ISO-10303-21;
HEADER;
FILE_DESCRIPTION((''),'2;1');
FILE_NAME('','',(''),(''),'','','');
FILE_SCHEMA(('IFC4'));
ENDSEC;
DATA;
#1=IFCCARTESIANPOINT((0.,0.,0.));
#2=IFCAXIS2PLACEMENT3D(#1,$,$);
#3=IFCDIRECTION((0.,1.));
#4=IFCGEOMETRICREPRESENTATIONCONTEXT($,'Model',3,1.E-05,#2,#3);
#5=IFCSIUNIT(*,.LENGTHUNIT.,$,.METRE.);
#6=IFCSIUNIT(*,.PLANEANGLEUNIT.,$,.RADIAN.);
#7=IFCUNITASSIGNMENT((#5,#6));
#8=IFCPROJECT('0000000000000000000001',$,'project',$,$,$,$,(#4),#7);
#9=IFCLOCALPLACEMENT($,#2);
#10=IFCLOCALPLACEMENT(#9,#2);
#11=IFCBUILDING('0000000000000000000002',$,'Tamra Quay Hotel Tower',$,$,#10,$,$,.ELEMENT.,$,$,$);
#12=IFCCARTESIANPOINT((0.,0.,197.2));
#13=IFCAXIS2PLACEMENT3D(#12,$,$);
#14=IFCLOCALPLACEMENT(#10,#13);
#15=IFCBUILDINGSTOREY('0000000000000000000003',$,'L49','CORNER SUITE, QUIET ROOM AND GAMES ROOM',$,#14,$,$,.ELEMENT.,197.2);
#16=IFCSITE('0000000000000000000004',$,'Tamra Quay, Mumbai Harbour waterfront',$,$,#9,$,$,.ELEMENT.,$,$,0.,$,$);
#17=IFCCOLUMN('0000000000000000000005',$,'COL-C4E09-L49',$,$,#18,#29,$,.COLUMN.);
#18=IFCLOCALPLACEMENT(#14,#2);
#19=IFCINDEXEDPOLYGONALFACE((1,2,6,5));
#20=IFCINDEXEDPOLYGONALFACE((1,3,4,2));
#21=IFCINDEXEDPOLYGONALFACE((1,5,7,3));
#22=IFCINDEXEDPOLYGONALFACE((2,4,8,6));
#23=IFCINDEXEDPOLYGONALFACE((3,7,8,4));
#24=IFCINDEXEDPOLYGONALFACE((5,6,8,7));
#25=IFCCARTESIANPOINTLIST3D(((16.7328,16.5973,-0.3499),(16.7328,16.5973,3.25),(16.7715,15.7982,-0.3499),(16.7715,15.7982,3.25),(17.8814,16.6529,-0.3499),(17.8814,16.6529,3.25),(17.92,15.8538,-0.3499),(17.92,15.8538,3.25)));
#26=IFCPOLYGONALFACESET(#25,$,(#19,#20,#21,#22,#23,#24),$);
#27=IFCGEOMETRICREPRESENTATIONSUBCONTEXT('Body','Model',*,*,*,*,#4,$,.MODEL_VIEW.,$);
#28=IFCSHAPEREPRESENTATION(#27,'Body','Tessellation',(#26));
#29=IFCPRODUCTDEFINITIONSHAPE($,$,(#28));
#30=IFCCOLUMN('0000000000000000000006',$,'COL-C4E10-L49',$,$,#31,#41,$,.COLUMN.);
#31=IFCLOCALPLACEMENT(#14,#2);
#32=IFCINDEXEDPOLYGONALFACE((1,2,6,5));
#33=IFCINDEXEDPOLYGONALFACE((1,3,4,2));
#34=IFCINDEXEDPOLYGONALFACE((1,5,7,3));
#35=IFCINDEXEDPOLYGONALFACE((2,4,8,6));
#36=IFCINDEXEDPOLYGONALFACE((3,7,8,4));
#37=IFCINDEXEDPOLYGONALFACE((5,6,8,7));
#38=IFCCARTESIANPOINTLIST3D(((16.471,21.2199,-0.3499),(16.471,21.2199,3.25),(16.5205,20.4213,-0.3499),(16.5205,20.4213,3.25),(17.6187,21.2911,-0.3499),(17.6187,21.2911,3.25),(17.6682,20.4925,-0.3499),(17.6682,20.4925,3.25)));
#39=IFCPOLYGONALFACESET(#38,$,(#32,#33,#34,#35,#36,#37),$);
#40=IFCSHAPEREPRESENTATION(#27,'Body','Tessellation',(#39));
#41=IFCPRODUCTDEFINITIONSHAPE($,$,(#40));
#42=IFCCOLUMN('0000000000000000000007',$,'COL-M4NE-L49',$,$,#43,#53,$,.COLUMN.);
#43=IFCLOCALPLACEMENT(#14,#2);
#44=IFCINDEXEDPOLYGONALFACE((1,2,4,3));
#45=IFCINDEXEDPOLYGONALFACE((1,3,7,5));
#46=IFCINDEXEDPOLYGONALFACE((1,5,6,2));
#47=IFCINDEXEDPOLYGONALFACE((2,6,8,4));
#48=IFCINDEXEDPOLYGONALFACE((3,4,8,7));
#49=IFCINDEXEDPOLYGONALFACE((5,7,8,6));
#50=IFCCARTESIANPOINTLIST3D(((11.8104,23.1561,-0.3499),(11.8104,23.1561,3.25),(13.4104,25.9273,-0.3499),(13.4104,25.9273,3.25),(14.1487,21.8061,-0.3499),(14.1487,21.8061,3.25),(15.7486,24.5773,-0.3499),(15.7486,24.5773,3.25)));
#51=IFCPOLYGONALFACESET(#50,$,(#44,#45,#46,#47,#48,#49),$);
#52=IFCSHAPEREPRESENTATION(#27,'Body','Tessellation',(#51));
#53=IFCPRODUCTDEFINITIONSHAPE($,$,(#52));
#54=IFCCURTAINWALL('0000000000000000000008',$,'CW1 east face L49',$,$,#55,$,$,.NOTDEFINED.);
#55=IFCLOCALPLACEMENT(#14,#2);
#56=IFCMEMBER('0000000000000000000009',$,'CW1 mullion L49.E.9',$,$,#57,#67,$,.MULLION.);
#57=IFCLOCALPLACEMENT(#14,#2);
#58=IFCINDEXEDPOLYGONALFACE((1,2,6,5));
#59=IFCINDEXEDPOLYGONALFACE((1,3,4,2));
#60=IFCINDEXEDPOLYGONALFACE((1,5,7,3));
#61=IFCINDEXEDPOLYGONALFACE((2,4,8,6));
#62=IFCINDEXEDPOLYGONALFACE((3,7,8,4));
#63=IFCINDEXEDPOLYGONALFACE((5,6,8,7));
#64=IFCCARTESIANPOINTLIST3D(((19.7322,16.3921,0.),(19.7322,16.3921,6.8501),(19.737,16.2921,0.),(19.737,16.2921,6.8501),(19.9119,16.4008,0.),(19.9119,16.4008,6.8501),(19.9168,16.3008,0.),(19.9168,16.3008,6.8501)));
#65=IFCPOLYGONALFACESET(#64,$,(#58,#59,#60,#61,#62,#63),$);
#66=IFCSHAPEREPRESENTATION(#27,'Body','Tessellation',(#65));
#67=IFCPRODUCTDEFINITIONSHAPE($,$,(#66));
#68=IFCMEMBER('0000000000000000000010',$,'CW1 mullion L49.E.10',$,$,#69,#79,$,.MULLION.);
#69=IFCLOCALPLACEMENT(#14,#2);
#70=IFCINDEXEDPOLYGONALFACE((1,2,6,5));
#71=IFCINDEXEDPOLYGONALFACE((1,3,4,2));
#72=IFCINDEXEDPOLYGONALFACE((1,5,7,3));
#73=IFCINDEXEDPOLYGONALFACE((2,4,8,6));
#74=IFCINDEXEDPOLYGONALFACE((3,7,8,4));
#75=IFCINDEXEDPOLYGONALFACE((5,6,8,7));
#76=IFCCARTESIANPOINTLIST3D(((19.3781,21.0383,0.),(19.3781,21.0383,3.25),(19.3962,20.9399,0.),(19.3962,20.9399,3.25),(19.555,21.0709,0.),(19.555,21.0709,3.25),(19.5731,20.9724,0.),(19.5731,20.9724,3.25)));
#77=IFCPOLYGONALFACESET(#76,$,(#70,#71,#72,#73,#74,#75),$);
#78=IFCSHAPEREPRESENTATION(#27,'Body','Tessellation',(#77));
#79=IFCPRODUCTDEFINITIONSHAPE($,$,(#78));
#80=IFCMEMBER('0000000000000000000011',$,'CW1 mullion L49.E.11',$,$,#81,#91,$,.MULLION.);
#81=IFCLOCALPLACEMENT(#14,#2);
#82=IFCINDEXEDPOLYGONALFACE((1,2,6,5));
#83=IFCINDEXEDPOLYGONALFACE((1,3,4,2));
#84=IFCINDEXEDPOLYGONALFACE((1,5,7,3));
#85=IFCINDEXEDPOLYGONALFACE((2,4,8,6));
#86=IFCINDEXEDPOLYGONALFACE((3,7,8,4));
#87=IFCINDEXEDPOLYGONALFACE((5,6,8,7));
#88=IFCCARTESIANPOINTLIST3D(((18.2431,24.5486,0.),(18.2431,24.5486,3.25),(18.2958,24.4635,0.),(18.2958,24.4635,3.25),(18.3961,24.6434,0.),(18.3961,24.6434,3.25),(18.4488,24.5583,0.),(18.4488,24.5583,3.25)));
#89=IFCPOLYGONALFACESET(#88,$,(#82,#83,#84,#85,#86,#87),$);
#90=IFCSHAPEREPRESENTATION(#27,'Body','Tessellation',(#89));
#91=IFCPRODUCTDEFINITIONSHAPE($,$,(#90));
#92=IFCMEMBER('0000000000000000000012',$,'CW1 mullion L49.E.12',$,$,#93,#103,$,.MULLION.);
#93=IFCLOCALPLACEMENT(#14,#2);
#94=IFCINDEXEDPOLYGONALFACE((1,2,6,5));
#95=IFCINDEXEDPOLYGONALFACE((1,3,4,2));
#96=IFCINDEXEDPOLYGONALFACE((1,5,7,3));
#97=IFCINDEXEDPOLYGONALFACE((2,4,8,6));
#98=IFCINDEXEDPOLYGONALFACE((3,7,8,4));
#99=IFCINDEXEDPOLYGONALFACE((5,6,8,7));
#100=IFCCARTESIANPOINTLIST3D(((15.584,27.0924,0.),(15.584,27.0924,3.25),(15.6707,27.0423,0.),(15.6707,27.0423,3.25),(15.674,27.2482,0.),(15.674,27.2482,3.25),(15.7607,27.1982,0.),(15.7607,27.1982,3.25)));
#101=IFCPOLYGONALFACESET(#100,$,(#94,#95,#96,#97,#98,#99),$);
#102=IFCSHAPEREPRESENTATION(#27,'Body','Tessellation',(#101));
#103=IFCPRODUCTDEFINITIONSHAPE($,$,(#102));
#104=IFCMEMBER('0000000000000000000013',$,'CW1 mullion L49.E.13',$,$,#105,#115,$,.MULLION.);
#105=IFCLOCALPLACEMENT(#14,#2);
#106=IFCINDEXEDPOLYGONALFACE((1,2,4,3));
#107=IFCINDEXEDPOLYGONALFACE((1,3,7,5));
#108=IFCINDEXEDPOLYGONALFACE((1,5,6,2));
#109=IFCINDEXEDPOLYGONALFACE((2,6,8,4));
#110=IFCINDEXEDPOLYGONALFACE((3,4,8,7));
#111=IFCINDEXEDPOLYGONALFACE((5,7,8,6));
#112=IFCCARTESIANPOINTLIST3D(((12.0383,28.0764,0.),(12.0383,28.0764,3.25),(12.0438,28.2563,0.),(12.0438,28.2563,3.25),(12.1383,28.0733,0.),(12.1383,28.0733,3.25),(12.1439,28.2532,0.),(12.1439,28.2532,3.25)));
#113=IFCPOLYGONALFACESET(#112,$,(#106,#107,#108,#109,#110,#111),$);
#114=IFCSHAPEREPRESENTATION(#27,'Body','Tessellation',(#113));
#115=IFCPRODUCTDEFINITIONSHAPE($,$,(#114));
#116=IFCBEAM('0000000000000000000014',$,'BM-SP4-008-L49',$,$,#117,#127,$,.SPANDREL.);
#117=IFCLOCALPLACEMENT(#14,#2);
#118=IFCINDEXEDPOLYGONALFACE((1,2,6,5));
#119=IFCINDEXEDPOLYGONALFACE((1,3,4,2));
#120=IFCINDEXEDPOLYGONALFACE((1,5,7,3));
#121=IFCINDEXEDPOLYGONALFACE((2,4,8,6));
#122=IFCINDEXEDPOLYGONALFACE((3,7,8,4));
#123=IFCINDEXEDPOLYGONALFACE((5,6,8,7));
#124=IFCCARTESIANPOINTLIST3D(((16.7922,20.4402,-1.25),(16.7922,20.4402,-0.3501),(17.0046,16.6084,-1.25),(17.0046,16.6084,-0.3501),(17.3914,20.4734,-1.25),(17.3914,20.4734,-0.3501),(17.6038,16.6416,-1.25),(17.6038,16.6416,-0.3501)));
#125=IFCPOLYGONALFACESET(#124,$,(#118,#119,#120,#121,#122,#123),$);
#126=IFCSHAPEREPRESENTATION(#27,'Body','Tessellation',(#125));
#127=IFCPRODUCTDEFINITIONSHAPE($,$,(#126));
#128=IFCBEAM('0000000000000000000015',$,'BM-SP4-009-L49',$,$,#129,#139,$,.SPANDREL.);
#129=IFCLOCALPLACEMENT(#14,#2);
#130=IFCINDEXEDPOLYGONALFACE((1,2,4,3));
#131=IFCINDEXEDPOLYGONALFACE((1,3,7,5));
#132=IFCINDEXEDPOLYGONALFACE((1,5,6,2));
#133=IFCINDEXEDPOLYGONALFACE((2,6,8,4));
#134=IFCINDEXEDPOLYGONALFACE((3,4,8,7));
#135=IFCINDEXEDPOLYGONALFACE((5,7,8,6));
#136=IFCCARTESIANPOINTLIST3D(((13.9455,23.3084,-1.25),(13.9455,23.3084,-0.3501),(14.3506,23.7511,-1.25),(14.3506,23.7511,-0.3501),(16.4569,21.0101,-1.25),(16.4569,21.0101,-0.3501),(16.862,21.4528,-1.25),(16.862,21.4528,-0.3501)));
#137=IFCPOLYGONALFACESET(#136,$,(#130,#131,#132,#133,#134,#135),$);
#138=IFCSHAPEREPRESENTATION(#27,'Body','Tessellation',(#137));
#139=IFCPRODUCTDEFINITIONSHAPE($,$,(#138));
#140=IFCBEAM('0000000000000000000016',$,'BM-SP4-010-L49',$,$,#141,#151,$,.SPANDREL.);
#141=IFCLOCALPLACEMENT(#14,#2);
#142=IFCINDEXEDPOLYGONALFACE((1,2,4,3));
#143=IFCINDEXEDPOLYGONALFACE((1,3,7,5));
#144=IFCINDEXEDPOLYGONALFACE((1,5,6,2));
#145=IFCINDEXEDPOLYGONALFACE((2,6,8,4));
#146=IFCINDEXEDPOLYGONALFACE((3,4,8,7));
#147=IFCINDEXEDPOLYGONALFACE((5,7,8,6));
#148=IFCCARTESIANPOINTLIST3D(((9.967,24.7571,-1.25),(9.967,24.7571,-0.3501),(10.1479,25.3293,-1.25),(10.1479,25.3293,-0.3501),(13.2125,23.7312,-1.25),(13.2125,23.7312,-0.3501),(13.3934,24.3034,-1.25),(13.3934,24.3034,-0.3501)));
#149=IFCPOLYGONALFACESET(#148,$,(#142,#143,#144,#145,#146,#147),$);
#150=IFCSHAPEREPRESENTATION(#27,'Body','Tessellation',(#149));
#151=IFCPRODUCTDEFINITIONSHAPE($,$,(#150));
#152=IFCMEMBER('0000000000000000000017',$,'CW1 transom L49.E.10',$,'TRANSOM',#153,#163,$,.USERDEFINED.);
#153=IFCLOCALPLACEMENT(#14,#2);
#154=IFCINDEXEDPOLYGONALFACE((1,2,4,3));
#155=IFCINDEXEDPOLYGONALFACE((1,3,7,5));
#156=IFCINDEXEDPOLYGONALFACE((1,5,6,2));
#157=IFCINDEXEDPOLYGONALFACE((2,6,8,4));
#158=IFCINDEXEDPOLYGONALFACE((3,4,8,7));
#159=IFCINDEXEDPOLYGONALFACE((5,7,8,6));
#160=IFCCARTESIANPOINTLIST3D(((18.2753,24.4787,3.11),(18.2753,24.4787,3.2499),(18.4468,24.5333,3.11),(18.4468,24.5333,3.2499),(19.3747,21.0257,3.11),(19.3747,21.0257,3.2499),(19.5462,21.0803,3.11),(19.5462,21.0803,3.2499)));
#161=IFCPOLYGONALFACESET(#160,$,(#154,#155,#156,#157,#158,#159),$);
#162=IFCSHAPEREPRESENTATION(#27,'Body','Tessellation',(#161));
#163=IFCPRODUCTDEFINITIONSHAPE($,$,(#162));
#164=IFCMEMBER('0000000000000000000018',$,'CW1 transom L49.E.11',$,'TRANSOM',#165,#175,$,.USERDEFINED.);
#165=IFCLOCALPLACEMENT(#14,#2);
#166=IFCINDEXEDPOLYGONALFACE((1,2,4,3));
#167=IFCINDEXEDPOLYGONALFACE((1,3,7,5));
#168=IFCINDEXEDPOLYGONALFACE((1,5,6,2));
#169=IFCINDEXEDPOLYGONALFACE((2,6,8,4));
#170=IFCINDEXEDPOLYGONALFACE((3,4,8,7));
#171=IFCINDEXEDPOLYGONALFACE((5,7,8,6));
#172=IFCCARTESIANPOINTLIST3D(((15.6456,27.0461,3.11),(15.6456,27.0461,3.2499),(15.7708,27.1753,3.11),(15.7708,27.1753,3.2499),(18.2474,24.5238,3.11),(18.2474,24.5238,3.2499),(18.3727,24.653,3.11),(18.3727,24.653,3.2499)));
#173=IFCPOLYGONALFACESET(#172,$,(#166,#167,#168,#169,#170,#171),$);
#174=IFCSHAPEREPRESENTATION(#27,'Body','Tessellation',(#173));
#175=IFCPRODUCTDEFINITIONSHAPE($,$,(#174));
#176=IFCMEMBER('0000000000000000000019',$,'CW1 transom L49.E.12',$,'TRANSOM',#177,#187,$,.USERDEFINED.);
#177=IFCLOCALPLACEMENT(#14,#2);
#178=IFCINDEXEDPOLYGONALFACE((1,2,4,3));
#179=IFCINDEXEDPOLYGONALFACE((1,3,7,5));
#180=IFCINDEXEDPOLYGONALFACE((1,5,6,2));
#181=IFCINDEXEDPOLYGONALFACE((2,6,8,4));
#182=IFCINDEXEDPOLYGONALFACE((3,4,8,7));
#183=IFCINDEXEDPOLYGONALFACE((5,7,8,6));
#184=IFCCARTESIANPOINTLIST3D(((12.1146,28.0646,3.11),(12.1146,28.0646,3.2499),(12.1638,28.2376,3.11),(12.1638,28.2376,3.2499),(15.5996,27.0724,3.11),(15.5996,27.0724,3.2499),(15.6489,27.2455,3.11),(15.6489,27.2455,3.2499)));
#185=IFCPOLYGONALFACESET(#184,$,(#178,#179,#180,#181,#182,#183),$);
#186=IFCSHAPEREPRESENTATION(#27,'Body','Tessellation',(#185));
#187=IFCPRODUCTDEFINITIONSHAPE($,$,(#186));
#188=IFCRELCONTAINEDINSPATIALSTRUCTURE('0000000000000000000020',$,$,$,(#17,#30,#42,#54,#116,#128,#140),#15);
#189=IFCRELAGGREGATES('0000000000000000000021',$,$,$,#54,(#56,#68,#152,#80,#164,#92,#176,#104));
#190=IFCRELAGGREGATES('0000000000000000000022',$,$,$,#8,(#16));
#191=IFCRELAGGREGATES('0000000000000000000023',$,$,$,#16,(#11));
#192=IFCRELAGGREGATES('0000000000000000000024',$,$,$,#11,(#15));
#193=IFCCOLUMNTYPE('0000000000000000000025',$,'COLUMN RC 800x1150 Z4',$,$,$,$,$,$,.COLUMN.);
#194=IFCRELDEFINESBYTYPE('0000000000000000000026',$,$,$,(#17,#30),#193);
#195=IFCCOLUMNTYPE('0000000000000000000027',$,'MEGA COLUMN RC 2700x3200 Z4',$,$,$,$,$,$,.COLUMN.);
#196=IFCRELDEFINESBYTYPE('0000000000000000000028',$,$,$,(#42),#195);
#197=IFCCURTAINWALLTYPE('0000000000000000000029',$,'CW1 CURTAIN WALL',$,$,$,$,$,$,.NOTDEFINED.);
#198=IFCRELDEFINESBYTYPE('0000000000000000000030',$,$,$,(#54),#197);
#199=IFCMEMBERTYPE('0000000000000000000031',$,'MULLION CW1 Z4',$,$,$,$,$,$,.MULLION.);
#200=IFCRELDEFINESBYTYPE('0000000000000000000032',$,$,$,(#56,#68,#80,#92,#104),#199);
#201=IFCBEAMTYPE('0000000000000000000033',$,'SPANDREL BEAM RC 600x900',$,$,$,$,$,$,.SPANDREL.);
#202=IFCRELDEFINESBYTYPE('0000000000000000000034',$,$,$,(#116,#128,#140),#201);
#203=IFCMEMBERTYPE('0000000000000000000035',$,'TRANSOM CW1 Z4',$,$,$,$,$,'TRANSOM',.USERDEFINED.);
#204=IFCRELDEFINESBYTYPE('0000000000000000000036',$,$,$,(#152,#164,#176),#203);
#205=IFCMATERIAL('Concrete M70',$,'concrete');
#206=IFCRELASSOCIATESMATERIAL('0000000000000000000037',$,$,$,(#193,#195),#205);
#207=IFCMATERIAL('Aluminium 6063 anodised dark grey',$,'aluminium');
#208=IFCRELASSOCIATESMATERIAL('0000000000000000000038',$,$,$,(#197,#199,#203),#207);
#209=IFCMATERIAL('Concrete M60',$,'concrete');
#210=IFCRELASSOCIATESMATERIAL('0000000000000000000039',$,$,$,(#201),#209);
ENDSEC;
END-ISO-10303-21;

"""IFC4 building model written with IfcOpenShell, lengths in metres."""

from ifc_helpers import new_model, si_unit, direction, frame, origin, origin_2d, place, context, subcontext, project, spatial, rectangle, extrude, material, material_profile, profile_set, type_object, element, aggregate, save


model = new_model("IFC4")

# Units and contexts
model_context = context("Model", 3, precision=1e-05, world=origin(), true_north=direction((0.0, 1.0)))
body_context = subcontext(model_context, "Body", "Model", "MODEL_VIEW")
ifc_project = project(units=[si_unit("LENGTHUNIT", "METRE"), si_unit("PLANEANGLEUNIT", "RADIAN")], contexts=[model_context])

# Site, building, storey
site_placement = place(None, origin())
site = spatial("IfcSite", under=ifc_project, at=site_placement, Name="Tamra Quay, Mumbai Harbour waterfront", CompositionType="ELEMENT", RefElevation=0.0)
building_placement = place(site_placement, origin())
building = spatial("IfcBuilding", under=site, at=building_placement, Name="Tamra Quay Hotel Tower", CompositionType="ELEMENT")
storey_placement = place(building_placement, frame((0.0, 0.0, 197.2)))
storey = spatial("IfcBuildingStorey", under=building, at=storey_placement, Name="L49", Description="CORNER SUITE, QUIET ROOM AND GAMES ROOM", CompositionType="ELEMENT", Elevation=197.2)

# Columns
ifc_material_1 = material(Name="Concrete M70", Category="concrete")
ifc_material_profile_1 = material_profile(ifc_material_1, rectangle(XDim=1.1499, YDim=0.8, at=origin_2d()), Name="COLUMN RC 800x1150 Z4")
ifc_profile_set_1 = profile_set([ifc_material_profile_1], Name="Concrete M70")
column_type_1 = type_object("IfcColumnType", Name="COLUMN RC 800x1150 Z4", PredefinedType="COLUMN", material=ifc_profile_set_1)
for number, where, z_axis, x_axis, name in (
    (1, (17.3264, 16.2256, -0.3499), (0.0, 0.0, 1.0), (0.998831, 0.048344, 0.0), "COL-C4E09-L49"),
    (2, (17.0696, 20.8562, -0.3499), (0.0, 0.0, 1.0), (0.998081, 0.061921, 0.0), "COL-C4E10-L49"),
):
    element("IfcColumn", number, at=place(storey_placement, frame(where, z_axis=z_axis, x_axis=x_axis)), inside=storey, type_object=column_type_1, Name=name, PredefinedType="COLUMN", context=body_context, shape_type="SweptSolid", body=[
        extrude(rectangle(XDim=1.1499, YDim=0.8, at=origin_2d()), origin(), (0.0, 0.0, 1.0), 3.5999),
    ])
ifc_material_profile_2 = material_profile(ifc_material_1, rectangle(XDim=3.2, YDim=2.7, at=origin_2d()), Name="MEGA COLUMN RC 2700x3200 Z4")
ifc_profile_set_2 = profile_set([ifc_material_profile_2], Name="Concrete M70")
column_type_2 = type_object("IfcColumnType", Name="MEGA COLUMN RC 2700x3200 Z4", PredefinedType="COLUMN", material=ifc_profile_set_2)
column_placement = place(storey_placement, frame((13.7795, 23.8667, -0.3499), z_axis=(0.0, 0.0, 1.0), x_axis=(0.5, 0.866025, 0.0)))
element("IfcColumn", 3, at=column_placement, inside=storey, type_object=column_type_2, Name="COL-M4NE-L49", PredefinedType="COLUMN", context=body_context, shape_type="SweptSolid", body=[
    extrude(rectangle(XDim=3.2, YDim=2.7, at=origin_2d()), origin(), (0.0, 0.0, 1.0), 3.5999),
])

# Curtain wall, members
ifc_material_2 = material(Name="Aluminium 6063 anodised dark grey", Category="aluminium")
curtain_wall_type = type_object("IfcCurtainWallType", Name="CW1 CURTAIN WALL", PredefinedType="NOTDEFINED", material=ifc_material_2)
curtain_wall_placement = place(storey_placement, origin())
curtain_wall = element("IfcCurtainWall", 4, at=curtain_wall_placement, inside=storey, type_object=curtain_wall_type, Name="CW1 east face L49", PredefinedType="NOTDEFINED")
ifc_material_profile_3 = material_profile(ifc_material_2, rectangle(XDim=0.1799, YDim=0.1001, at=origin_2d()), Name="MULLION 100X180")
ifc_profile_set_3 = profile_set([ifc_material_profile_3], Name="Aluminium 6063 anodised dark grey")
member_type_1 = type_object("IfcMemberType", Name="MULLION CW1 Z4", PredefinedType="MULLION", material=ifc_profile_set_3)
member_1_placement = place(storey_placement, frame((19.8245, 16.3464, 0.0), z_axis=(0.0, 0.0, 1.0), x_axis=(0.998823, 0.048509, 0.0)))
member_1 = element("IfcMember", 5, at=member_1_placement, type_object=member_type_1, Name="CW1 mullion L49.E.9", PredefinedType="MULLION", context=body_context, shape_type="SweptSolid", body=[
    extrude(rectangle(XDim=0.1799, YDim=0.1001, at=origin_2d()), origin(), (0.0, 0.0, 1.0), 6.8501),
])
member_2_placement = place(storey_placement, frame((19.4756, 21.0054, 0.0), z_axis=(0.0, 0.0, 1.0), x_axis=(0.983509, 0.180857, 0.0)))
member_2 = element("IfcMember", 6, at=member_2_placement, type_object=member_type_1, Name="CW1 mullion L49.E.10", PredefinedType="MULLION", context=body_context, shape_type="SweptSolid", body=[
    extrude(rectangle(XDim=0.1799, YDim=0.1001, at=origin_2d()), origin(), (0.0, 0.0, 1.0), 3.25),
])
member_3_placement = place(storey_placement, frame((18.3459, 24.5535, 0.0), z_axis=(0.0, 0.0, 1.0), x_axis=(0.850122, 0.526586, 0.0)))
member_3 = element("IfcMember", 7, at=member_3_placement, type_object=member_type_1, Name="CW1 mullion L49.E.11", PredefinedType="MULLION", context=body_context, shape_type="SweptSolid", body=[
    extrude(rectangle(XDim=0.1799, YDim=0.1001, at=origin_2d()), origin(), (0.0, 0.0, 1.0), 3.25),
])
member_4_placement = place(storey_placement, frame((15.6724, 27.1453, 0.0), z_axis=(0.0, 0.0, 1.0), x_axis=(0.5, 0.866025, 0.0)))
member_4 = element("IfcMember", 8, at=member_4_placement, type_object=member_type_1, Name="CW1 mullion L49.E.12", PredefinedType="MULLION", context=body_context, shape_type="SweptSolid", body=[
    extrude(rectangle(XDim=0.1799, YDim=0.1001, at=origin_2d()), origin(), (0.0, 0.0, 1.0), 3.25),
])
member_5_placement = place(storey_placement, frame((12.0911, 28.1648, 0.0), z_axis=(0.0, 0.0, 1.0), x_axis=(0.030975, 0.99952, 0.0)))
member_5 = element("IfcMember", 9, at=member_5_placement, type_object=member_type_1, Name="CW1 mullion L49.E.13", PredefinedType="MULLION", context=body_context, shape_type="SweptSolid", body=[
    extrude(rectangle(XDim=0.1799, YDim=0.1001, at=origin_2d()), origin(), (0.0, 0.0, 1.0), 3.25),
])

# Beams
ifc_material_3 = material(Name="Concrete M60", Category="concrete")
ifc_material_profile_4 = material_profile(ifc_material_3, rectangle(XDim=0.6001, YDim=0.8999, at=origin_2d()), Name="SPANDREL BEAM RC 600x900")
ifc_profile_set_4 = profile_set([ifc_material_profile_4], Name="Concrete M60")
beam_type = type_object("IfcBeamType", Name="SPANDREL BEAM RC 600x900", PredefinedType="SPANDREL", material=ifc_profile_set_4)
beam_1_placement = place(storey_placement, frame((17.3042, 16.625, -0.8), z_axis=(-0.055347, 0.998467, 0.0), x_axis=(-0.998467, -0.055347, 0.0)))
element("IfcBeam", 10, at=beam_1_placement, inside=storey, type_object=beam_type, Name="BM-SP4-008-L49", PredefinedType="SPANDREL", context=body_context, shape_type="SweptSolid", body=[
    extrude(rectangle(XDim=0.6001, YDim=0.8999, at=origin_2d()), origin(), (0.0, 0.0, 1.0), 3.8376),
])
beam_2_placement = place(storey_placement, frame((16.6594, 21.2314, -0.8), z_axis=(-0.737716, 0.675111, 0.0), x_axis=(-0.675111, -0.737716, 0.0)))
element("IfcBeam", 11, at=beam_2_placement, inside=storey, type_object=beam_type, Name="BM-SP4-009-L49", PredefinedType="SPANDREL", context=body_context, shape_type="SweptSolid", body=[
    extrude(rectangle(XDim=0.6001, YDim=0.8999, at=origin_2d()), origin(), (0.0, 0.0, 1.0), 3.4043),
])
beam_3_placement = place(storey_placement, frame((13.303, 24.0173, -0.8), z_axis=(-0.953502, 0.301385, 0.0), x_axis=(-0.301385, -0.953502, 0.0)))
element("IfcBeam", 12, at=beam_3_placement, inside=storey, type_object=beam_type, Name="BM-SP4-010-L49", PredefinedType="SPANDREL", context=body_context, shape_type="SweptSolid", body=[
    extrude(rectangle(XDim=0.6001, YDim=0.8999, at=origin_2d()), origin(), (0.0, 0.0, 1.0), 3.4038),
])

# Members
ifc_material_profile_5 = material_profile(ifc_material_2, rectangle(XDim=0.1799, YDim=0.1399, at=origin_2d()), Name="TRANSOM 180X140")
ifc_profile_set_5 = profile_set([ifc_material_profile_5], Name="Aluminium 6063 anodised dark grey")
member_type_2 = type_object("IfcMemberType", Name="TRANSOM CW1 Z4", ElementType="TRANSOM", PredefinedType="USERDEFINED", material=ifc_profile_set_5)
member_6_placement = place(storey_placement, frame((19.4604, 21.053, 3.1799), z_axis=(-0.303384, 0.952868, 0.0), x_axis=(-0.952868, -0.303384, 0.0)))
member_6 = element("IfcMember", 13, at=member_6_placement, type_object=member_type_2, Name="CW1 transom L49.E.10", ObjectType="TRANSOM", PredefinedType="USERDEFINED", context=body_context, shape_type="SweptSolid", body=[
    extrude(rectangle(XDim=0.1799, YDim=0.1399, at=origin_2d()), origin(), (0.0, 0.0, 1.0), 3.6238),
])
member_7_placement = place(storey_placement, frame((18.3101, 24.5884, 3.1799), z_axis=(-0.718003, 0.69604, 0.0), x_axis=(-0.69604, -0.718003, 0.0)))
member_7 = element("IfcMember", 14, at=member_7_placement, type_object=member_type_2, Name="CW1 transom L49.E.11", ObjectType="TRANSOM", PredefinedType="USERDEFINED", context=body_context, shape_type="SweptSolid", body=[
    extrude(rectangle(XDim=0.1799, YDim=0.1399, at=origin_2d()), origin(), (0.0, 0.0, 1.0), 3.6238),
])
member_8_placement = place(storey_placement, frame((15.6243, 27.1589, 3.1799), z_axis=(-0.961783, 0.273813, 0.0), x_axis=(-0.273813, -0.961783, 0.0)))
member_8 = element("IfcMember", 15, at=member_8_placement, type_object=member_type_2, Name="CW1 transom L49.E.12", ObjectType="TRANSOM", PredefinedType="USERDEFINED", context=body_context, shape_type="SweptSolid", body=[
    extrude(rectangle(XDim=0.1799, YDim=0.1399, at=origin_2d()), origin(), (0.0, 0.0, 1.0), 3.6235),
])

aggregate(curtain_wall, [member_1, member_2, member_6, member_3, member_7, member_4, member_8, member_5])

save(model, "model.ifc")
